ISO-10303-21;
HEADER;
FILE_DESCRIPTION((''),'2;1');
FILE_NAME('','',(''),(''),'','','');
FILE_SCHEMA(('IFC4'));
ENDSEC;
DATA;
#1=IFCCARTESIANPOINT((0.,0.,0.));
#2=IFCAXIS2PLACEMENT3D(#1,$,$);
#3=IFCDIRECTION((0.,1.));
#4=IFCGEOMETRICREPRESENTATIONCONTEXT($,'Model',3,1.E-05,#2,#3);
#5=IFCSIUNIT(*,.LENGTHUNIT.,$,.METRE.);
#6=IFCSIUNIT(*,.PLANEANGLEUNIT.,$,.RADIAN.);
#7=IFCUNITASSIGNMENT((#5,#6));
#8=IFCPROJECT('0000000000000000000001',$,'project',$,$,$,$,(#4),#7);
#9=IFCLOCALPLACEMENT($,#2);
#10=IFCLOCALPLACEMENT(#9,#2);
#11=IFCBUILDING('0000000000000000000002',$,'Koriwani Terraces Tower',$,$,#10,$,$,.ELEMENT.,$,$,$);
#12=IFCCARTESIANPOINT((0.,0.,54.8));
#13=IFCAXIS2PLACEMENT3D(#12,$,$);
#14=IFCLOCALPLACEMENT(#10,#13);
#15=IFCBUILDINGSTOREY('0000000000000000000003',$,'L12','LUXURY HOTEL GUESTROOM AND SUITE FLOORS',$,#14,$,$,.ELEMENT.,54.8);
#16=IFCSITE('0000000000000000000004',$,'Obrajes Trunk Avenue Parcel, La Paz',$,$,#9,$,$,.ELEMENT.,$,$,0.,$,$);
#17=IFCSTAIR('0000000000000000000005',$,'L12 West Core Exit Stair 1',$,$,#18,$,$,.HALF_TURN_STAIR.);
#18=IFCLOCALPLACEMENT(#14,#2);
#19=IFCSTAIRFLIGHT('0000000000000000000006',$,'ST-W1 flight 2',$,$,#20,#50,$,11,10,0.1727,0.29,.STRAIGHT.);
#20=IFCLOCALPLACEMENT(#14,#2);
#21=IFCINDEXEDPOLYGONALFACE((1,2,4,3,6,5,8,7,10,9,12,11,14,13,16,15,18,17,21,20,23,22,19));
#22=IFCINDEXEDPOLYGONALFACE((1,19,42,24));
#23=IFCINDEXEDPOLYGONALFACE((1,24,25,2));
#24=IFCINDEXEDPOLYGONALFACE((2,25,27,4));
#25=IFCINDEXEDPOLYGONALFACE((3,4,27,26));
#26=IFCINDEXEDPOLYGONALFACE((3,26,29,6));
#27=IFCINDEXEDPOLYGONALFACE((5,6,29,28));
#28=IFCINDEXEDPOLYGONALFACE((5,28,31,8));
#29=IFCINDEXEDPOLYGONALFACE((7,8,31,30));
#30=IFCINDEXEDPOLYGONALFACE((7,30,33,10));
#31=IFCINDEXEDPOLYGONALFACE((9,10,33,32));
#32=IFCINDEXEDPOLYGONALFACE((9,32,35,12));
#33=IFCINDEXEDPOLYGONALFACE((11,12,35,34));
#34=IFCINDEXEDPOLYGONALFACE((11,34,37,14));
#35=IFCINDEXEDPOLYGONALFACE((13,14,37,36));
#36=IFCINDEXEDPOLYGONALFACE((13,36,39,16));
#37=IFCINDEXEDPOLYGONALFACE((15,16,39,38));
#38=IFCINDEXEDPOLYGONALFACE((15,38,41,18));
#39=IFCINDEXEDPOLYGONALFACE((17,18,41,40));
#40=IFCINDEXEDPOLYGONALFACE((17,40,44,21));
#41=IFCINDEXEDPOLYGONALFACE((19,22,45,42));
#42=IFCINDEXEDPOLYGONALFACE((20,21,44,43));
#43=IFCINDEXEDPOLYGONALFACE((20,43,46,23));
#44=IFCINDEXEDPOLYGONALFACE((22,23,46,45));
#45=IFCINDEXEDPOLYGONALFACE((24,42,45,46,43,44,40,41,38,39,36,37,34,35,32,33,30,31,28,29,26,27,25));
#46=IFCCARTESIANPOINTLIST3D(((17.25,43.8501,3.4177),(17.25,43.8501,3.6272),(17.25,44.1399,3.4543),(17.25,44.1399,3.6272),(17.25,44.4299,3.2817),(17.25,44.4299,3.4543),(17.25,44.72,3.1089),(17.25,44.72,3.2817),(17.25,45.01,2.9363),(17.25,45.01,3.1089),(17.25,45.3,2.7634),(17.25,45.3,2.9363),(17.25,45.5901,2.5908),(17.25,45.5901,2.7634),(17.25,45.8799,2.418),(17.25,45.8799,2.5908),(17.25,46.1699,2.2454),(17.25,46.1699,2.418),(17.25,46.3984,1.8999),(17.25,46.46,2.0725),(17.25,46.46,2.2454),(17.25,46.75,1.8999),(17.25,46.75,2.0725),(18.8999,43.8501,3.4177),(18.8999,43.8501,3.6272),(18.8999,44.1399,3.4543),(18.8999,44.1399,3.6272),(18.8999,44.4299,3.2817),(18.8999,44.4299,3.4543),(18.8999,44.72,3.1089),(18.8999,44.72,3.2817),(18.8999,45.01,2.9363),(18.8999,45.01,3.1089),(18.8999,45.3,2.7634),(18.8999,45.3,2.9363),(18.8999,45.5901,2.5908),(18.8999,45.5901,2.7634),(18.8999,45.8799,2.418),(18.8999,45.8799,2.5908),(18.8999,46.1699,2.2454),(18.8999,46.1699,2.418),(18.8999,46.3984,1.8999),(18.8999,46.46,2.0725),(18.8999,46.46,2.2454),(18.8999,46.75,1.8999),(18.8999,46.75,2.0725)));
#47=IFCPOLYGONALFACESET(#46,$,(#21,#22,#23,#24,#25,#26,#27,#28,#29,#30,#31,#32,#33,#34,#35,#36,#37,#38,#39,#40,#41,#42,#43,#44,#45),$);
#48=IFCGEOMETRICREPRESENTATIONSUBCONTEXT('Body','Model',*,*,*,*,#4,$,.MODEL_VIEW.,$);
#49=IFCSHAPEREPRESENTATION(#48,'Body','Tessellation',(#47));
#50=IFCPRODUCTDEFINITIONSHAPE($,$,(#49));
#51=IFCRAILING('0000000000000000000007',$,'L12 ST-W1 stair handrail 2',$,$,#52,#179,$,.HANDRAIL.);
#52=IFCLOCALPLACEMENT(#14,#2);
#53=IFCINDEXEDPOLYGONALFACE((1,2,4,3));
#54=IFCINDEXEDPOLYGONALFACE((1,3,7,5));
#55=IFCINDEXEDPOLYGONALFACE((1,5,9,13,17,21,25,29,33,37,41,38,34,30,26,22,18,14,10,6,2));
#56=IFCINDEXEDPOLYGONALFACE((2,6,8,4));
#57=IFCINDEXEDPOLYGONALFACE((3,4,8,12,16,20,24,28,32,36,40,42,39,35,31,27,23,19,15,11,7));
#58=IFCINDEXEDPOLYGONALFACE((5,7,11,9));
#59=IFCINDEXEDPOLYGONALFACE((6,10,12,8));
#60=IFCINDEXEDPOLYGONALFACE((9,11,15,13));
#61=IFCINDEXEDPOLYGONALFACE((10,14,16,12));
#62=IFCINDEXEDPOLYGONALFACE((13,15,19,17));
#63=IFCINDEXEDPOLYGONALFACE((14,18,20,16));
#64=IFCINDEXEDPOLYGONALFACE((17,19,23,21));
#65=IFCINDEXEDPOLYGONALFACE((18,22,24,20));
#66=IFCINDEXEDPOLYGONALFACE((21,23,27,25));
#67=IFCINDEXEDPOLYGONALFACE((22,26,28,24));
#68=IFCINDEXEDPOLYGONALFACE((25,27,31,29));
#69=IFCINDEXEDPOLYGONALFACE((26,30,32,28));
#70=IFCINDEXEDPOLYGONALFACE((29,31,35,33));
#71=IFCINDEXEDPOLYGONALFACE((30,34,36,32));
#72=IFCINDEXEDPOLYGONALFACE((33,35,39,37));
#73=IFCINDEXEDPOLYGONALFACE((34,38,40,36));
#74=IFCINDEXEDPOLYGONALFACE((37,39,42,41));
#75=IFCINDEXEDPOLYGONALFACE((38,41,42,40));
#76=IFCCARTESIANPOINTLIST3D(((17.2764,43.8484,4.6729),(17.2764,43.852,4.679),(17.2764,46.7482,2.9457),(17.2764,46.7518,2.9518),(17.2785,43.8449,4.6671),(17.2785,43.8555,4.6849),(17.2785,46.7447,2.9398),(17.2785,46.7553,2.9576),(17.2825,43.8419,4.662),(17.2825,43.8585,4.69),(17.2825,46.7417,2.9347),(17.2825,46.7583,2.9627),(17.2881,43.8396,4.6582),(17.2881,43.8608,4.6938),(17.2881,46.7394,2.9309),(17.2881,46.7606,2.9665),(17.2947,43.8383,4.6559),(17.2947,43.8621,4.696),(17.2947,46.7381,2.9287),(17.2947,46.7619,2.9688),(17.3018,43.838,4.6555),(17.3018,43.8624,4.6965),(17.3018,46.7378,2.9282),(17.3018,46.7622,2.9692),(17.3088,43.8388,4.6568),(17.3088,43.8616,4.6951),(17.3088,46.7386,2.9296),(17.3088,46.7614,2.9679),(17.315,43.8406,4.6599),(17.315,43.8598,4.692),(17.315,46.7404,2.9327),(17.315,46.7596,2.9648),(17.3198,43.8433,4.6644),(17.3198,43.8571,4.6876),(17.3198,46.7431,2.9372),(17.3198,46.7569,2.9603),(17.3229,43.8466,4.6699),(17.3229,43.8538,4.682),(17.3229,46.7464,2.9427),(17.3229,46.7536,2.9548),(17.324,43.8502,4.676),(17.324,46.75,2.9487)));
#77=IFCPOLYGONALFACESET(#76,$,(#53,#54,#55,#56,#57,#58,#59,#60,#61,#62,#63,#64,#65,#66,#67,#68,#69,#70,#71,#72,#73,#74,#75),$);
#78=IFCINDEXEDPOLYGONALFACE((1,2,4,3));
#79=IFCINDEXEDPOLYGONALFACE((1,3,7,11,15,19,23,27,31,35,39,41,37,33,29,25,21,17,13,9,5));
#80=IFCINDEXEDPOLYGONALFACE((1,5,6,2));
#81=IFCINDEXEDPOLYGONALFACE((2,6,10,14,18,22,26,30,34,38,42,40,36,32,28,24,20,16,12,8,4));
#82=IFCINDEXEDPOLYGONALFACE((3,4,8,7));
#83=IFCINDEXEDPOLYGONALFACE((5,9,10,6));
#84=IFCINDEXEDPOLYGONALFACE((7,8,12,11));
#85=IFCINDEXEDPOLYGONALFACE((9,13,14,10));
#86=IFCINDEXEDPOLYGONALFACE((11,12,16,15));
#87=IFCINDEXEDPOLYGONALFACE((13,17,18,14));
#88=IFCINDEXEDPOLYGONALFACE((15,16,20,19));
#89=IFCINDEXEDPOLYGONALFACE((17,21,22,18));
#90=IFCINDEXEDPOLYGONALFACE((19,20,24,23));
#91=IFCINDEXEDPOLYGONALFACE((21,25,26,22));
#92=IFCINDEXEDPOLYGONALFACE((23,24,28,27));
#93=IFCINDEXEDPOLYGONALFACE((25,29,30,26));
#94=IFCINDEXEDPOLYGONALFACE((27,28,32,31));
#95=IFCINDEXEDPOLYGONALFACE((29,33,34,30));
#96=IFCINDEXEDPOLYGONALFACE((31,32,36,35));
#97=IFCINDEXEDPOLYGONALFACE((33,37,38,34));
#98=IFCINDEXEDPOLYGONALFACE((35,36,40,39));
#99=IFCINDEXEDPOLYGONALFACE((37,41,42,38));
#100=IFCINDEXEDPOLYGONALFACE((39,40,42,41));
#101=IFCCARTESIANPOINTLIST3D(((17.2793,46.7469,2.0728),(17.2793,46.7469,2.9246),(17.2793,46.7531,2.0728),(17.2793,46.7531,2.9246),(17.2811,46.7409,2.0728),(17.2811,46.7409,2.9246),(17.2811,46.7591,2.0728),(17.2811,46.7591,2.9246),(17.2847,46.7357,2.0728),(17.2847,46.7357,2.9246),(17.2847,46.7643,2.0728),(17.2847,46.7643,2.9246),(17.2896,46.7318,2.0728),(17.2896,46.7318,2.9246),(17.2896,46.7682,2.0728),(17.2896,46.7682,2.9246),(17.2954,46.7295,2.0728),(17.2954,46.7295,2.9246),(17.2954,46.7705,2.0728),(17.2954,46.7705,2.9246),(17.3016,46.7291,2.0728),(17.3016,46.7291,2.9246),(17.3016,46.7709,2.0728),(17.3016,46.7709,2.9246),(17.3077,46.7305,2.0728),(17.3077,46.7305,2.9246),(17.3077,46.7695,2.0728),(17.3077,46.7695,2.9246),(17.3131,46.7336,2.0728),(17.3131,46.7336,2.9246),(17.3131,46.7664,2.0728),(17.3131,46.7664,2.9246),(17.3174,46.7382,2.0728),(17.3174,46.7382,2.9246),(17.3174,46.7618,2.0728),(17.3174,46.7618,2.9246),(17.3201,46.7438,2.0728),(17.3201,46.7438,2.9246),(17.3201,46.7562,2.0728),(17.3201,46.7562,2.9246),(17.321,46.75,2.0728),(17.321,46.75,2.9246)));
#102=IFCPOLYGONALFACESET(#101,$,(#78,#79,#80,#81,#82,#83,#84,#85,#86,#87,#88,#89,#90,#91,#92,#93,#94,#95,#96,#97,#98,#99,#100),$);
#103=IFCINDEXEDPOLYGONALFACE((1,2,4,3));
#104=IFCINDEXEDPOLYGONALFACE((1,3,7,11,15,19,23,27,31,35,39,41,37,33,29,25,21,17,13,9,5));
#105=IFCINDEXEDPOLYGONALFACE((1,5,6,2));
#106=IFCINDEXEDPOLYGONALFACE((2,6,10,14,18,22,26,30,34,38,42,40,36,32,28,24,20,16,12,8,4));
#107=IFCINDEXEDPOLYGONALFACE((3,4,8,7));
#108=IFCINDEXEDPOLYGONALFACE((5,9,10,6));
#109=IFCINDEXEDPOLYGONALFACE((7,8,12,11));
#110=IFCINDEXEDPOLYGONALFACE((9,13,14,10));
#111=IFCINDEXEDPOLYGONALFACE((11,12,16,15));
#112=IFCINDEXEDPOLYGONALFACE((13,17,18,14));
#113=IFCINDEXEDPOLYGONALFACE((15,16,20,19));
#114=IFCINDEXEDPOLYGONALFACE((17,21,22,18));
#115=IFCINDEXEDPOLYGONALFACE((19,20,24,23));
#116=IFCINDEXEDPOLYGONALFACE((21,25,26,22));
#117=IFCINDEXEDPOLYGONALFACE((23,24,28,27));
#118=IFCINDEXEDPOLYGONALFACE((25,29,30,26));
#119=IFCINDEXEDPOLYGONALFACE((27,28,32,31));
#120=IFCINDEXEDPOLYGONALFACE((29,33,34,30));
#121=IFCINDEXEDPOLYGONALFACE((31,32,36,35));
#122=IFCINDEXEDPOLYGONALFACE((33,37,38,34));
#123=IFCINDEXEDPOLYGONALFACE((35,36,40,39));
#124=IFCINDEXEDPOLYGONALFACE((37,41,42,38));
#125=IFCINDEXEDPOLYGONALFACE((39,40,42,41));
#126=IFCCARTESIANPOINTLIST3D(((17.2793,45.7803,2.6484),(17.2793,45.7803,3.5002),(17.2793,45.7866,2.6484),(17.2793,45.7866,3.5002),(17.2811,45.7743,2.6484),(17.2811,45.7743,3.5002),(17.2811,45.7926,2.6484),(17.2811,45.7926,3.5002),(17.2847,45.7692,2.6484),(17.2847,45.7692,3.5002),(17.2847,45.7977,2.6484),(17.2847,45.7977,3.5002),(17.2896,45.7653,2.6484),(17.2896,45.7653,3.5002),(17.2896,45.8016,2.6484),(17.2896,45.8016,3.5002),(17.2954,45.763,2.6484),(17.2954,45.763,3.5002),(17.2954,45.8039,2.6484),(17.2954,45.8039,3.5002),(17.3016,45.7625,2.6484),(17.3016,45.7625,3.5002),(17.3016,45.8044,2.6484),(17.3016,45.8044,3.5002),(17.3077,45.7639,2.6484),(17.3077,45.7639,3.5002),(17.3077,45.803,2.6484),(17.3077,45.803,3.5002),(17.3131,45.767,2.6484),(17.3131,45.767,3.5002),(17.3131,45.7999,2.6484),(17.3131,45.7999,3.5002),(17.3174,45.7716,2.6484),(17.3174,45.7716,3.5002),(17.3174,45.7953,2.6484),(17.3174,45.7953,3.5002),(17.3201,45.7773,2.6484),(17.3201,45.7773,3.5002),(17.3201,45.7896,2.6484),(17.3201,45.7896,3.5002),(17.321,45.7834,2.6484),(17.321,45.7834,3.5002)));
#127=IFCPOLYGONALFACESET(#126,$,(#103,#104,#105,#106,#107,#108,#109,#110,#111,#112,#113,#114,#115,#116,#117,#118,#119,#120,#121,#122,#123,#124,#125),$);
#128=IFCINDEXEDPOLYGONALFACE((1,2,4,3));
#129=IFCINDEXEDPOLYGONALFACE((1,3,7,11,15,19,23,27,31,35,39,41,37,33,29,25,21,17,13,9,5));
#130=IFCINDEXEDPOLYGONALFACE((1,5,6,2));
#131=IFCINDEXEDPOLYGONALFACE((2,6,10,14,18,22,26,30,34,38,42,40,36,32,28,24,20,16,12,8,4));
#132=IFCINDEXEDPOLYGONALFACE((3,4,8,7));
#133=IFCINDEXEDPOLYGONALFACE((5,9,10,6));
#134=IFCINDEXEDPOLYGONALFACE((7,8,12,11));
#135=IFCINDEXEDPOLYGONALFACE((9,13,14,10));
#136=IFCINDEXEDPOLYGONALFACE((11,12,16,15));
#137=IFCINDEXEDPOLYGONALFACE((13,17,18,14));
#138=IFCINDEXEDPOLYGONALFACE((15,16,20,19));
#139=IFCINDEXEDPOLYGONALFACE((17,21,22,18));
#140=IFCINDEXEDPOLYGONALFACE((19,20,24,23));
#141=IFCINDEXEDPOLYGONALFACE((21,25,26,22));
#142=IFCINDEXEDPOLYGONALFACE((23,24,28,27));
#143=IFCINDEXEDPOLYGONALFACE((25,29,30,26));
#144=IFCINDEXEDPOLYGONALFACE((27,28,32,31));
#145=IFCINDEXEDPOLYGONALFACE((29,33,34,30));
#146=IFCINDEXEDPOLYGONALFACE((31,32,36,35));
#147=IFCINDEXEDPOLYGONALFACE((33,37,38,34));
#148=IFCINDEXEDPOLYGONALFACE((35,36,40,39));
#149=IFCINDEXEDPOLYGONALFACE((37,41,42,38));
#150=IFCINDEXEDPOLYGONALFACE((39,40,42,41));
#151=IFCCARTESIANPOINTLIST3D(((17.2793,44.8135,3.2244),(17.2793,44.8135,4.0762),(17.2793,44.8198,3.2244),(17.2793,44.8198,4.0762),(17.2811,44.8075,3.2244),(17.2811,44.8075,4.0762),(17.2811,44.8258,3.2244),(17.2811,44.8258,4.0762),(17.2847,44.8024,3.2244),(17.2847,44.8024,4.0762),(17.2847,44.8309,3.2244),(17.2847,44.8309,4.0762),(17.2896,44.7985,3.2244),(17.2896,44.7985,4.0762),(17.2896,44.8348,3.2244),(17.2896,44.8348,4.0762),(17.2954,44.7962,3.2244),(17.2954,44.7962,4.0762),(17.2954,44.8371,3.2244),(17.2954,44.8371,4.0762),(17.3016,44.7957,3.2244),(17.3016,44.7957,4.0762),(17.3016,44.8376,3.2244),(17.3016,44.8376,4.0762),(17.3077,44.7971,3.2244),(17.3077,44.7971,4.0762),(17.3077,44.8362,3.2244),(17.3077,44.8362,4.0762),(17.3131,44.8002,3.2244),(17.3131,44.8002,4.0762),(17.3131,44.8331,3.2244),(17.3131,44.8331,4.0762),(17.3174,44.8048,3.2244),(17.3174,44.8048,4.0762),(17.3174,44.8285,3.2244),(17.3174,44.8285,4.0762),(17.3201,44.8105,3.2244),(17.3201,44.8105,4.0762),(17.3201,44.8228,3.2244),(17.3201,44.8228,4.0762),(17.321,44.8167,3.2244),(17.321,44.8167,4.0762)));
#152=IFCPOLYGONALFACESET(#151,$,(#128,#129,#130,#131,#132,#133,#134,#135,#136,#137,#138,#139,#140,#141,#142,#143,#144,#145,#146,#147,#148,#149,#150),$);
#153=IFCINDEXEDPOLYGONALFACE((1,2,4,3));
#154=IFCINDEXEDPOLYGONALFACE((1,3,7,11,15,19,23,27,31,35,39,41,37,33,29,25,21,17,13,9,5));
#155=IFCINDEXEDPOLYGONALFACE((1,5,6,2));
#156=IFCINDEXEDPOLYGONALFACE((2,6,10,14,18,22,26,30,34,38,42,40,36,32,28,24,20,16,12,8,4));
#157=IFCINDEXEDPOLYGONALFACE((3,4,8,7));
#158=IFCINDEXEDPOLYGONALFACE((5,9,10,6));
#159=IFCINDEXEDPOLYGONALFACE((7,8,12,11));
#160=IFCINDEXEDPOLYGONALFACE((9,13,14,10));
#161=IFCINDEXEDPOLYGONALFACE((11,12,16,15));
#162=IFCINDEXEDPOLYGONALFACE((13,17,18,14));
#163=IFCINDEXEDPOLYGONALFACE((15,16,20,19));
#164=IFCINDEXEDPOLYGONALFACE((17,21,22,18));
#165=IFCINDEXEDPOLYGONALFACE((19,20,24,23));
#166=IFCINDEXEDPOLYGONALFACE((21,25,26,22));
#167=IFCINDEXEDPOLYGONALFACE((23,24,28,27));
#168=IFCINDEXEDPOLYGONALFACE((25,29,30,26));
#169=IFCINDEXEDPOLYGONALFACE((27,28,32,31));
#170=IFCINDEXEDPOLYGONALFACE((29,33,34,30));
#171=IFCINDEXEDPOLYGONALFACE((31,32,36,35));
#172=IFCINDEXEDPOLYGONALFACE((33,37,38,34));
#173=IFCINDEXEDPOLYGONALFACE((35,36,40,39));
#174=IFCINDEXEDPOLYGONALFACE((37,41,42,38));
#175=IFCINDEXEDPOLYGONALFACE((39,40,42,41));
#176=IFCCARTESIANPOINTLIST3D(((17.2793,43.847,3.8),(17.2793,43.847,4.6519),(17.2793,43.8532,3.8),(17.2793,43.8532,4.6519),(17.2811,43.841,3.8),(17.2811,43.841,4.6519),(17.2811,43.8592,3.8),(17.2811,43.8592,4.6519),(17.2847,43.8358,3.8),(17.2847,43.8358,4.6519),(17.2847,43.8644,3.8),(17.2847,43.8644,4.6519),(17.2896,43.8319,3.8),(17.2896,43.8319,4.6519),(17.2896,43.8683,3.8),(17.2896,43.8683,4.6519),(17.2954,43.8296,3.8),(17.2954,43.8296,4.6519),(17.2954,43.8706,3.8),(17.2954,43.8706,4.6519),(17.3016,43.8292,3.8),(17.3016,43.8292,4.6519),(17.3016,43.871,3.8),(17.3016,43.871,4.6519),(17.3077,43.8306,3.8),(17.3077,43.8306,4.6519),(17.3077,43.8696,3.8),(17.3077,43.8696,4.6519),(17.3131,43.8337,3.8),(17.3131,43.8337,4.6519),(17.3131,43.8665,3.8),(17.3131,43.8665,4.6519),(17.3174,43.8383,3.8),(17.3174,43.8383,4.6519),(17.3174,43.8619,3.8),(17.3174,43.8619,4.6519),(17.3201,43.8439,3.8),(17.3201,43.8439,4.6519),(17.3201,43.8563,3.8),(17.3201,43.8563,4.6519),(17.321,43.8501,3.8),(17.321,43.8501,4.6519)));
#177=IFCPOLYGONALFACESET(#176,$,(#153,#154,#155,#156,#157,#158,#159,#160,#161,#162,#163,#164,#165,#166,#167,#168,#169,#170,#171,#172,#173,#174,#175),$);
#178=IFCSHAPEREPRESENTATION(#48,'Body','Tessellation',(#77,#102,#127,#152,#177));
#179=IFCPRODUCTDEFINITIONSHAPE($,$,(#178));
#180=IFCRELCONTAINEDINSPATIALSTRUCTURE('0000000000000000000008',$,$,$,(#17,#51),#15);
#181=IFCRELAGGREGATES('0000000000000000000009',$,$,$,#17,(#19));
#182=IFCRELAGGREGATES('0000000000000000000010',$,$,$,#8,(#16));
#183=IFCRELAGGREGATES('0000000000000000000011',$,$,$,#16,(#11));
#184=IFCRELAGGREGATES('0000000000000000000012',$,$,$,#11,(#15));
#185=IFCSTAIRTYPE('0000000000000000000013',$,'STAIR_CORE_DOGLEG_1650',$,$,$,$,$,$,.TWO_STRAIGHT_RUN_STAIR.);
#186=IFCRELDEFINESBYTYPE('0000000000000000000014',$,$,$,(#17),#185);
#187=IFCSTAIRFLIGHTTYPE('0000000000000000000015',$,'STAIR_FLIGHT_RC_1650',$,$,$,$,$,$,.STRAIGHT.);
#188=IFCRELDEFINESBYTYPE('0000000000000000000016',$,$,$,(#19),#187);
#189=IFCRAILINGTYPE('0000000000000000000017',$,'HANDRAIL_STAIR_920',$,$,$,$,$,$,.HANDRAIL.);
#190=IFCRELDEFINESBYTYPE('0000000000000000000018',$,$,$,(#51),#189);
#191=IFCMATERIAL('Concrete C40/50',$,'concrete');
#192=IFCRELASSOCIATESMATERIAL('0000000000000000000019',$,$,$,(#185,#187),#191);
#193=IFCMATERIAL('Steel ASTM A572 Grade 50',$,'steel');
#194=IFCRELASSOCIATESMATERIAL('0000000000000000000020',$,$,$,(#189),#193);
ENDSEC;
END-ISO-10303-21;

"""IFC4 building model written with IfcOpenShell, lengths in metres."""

from ifc_helpers import new_model, si_unit, direction, frame, origin, origin_2d, place, context, subcontext, project, spatial, polyline, circle, outline, extrude, material, type_object, element, aggregate, save


model = new_model("IFC4")

# Units and contexts
model_context = context("Model", 3, precision=1e-05, world=origin(), true_north=direction((0.0, 1.0)))
body_context = subcontext(model_context, "Body", "Model", "MODEL_VIEW")
ifc_project = project(units=[si_unit("LENGTHUNIT", "METRE"), si_unit("PLANEANGLEUNIT", "RADIAN")], contexts=[model_context])

# Site, building, storey
site_placement = place(None, origin())
site = spatial("IfcSite", under=ifc_project, at=site_placement, Name="Obrajes Trunk Avenue Parcel, La Paz", CompositionType="ELEMENT", RefElevation=0.0)
building_placement = place(site_placement, origin())
building = spatial("IfcBuilding", under=site, at=building_placement, Name="Koriwani Terraces Tower", CompositionType="ELEMENT")
storey_placement = place(building_placement, frame((0.0, 0.0, 54.8)))
storey = spatial("IfcBuildingStorey", under=building, at=storey_placement, Name="L12", Description="LUXURY HOTEL GUESTROOM AND SUITE FLOORS", CompositionType="ELEMENT", Elevation=54.8)

# Shared definitions
ifc_material_1 = material(Name="Concrete C40/50", Category="concrete")
ifc_material_2 = material(Name="Steel ASTM A572 Grade 50", Category="steel")

# Stair, stair flight
stair_type = type_object("IfcStairType", Name="STAIR_CORE_DOGLEG_1650", PredefinedType="TWO_STRAIGHT_RUN_STAIR", material=ifc_material_1)
stair_placement = place(storey_placement, origin())
stair = element("IfcStair", 1, at=stair_placement, inside=storey, type_object=stair_type, Name="L12 West Core Exit Stair 1", PredefinedType="HALF_TURN_STAIR")
stair_flight_type = type_object("IfcStairFlightType", Name="STAIR_FLIGHT_RC_1650", PredefinedType="STRAIGHT", material=ifc_material_1)
stair_flight_placement = place(storey_placement, frame((18.075, 46.75, 1.8999), z_axis=(0.0, 0.0, 1.0), x_axis=(0.0, -1.0, 0.0)))
stair_flight = element("IfcStairFlight", 2, at=stair_flight_placement, type_object=stair_flight_type, Name="ST-W1 flight 2", NumberOfRisers=11, NumberOfTreads=10, PredefinedType="STRAIGHT", RiserHeight=0.1727, TreadLength=0.29, context=body_context, shape_type="SweptSolid", body=[
    extrude(outline(polyline([(0.0, 0.0), (0.0, 0.1726), (0.29, 0.1726), (0.29, 0.3455), (0.5801, 0.3455), (0.5801, 0.5181), (0.8701, 0.5181), (0.8701, 0.6909), (1.1599, 0.6909), (1.1599, 0.8635), (1.45, 0.8635), (1.45, 1.0364), (1.74, 1.0364), (1.74, 1.209), (2.03, 1.209), (2.03, 1.3818), (2.3201, 1.3818), (2.3201, 1.5544), (2.6101, 1.5544), (2.6101, 1.7273), (2.8999, 1.7273), (2.8999, 1.8999), (2.8999, 1.5178), (0.3516, 0.0), (0.0, 0.0)])), frame((0.0, 0.825, 0.0), z_axis=(0.0, -1.0, 0.0), x_axis=(1.0, 0.0, 0.0)), (0.0, 0.0, 1.0), 1.6499),
])
aggregate(stair, [stair_flight])

# Railing
railing_type = type_object("IfcRailingType", Name="HANDRAIL_STAIR_920", PredefinedType="HANDRAIL", material=ifc_material_2)
for number, where, name in (
    (3, (17.3, 46.75, 2.0728), "L12 ST-W1 stair handrail 2"),
):
    element("IfcRailing", number, at=place(storey_placement, frame(where)), inside=storey, type_object=railing_type, Name=name, PredefinedType="HANDRAIL", context=body_context, shape_type="SweptSolid", body=[
        extrude(circle(Radius=0.0239, at=origin_2d()), frame((0.0, 0.0, 0.876), z_axis=(0.0, -0.859141, 0.511738), x_axis=(1.0, 0.0, 0.0)), (0.0, 0.0, 1.0), 3.3752),
        extrude(circle(Radius=0.021, at=origin_2d()), origin(), (0.0, 0.0, 1.0), 0.8518),
        extrude(circle(Radius=0.021, at=origin_2d()), frame((0.0, -0.9666, 0.5757)), (0.0, 0.0, 1.0), 0.8518),
        extrude(circle(Radius=0.021, at=origin_2d()), frame((0.0, -1.9333, 1.1516)), (0.0, 0.0, 1.0), 0.8518),
        extrude(circle(Radius=0.021, at=origin_2d()), frame((0.0, -2.8999, 1.7273)), (0.0, 0.0, 1.0), 0.8518),
    ])

save(model, "model.ifc")
